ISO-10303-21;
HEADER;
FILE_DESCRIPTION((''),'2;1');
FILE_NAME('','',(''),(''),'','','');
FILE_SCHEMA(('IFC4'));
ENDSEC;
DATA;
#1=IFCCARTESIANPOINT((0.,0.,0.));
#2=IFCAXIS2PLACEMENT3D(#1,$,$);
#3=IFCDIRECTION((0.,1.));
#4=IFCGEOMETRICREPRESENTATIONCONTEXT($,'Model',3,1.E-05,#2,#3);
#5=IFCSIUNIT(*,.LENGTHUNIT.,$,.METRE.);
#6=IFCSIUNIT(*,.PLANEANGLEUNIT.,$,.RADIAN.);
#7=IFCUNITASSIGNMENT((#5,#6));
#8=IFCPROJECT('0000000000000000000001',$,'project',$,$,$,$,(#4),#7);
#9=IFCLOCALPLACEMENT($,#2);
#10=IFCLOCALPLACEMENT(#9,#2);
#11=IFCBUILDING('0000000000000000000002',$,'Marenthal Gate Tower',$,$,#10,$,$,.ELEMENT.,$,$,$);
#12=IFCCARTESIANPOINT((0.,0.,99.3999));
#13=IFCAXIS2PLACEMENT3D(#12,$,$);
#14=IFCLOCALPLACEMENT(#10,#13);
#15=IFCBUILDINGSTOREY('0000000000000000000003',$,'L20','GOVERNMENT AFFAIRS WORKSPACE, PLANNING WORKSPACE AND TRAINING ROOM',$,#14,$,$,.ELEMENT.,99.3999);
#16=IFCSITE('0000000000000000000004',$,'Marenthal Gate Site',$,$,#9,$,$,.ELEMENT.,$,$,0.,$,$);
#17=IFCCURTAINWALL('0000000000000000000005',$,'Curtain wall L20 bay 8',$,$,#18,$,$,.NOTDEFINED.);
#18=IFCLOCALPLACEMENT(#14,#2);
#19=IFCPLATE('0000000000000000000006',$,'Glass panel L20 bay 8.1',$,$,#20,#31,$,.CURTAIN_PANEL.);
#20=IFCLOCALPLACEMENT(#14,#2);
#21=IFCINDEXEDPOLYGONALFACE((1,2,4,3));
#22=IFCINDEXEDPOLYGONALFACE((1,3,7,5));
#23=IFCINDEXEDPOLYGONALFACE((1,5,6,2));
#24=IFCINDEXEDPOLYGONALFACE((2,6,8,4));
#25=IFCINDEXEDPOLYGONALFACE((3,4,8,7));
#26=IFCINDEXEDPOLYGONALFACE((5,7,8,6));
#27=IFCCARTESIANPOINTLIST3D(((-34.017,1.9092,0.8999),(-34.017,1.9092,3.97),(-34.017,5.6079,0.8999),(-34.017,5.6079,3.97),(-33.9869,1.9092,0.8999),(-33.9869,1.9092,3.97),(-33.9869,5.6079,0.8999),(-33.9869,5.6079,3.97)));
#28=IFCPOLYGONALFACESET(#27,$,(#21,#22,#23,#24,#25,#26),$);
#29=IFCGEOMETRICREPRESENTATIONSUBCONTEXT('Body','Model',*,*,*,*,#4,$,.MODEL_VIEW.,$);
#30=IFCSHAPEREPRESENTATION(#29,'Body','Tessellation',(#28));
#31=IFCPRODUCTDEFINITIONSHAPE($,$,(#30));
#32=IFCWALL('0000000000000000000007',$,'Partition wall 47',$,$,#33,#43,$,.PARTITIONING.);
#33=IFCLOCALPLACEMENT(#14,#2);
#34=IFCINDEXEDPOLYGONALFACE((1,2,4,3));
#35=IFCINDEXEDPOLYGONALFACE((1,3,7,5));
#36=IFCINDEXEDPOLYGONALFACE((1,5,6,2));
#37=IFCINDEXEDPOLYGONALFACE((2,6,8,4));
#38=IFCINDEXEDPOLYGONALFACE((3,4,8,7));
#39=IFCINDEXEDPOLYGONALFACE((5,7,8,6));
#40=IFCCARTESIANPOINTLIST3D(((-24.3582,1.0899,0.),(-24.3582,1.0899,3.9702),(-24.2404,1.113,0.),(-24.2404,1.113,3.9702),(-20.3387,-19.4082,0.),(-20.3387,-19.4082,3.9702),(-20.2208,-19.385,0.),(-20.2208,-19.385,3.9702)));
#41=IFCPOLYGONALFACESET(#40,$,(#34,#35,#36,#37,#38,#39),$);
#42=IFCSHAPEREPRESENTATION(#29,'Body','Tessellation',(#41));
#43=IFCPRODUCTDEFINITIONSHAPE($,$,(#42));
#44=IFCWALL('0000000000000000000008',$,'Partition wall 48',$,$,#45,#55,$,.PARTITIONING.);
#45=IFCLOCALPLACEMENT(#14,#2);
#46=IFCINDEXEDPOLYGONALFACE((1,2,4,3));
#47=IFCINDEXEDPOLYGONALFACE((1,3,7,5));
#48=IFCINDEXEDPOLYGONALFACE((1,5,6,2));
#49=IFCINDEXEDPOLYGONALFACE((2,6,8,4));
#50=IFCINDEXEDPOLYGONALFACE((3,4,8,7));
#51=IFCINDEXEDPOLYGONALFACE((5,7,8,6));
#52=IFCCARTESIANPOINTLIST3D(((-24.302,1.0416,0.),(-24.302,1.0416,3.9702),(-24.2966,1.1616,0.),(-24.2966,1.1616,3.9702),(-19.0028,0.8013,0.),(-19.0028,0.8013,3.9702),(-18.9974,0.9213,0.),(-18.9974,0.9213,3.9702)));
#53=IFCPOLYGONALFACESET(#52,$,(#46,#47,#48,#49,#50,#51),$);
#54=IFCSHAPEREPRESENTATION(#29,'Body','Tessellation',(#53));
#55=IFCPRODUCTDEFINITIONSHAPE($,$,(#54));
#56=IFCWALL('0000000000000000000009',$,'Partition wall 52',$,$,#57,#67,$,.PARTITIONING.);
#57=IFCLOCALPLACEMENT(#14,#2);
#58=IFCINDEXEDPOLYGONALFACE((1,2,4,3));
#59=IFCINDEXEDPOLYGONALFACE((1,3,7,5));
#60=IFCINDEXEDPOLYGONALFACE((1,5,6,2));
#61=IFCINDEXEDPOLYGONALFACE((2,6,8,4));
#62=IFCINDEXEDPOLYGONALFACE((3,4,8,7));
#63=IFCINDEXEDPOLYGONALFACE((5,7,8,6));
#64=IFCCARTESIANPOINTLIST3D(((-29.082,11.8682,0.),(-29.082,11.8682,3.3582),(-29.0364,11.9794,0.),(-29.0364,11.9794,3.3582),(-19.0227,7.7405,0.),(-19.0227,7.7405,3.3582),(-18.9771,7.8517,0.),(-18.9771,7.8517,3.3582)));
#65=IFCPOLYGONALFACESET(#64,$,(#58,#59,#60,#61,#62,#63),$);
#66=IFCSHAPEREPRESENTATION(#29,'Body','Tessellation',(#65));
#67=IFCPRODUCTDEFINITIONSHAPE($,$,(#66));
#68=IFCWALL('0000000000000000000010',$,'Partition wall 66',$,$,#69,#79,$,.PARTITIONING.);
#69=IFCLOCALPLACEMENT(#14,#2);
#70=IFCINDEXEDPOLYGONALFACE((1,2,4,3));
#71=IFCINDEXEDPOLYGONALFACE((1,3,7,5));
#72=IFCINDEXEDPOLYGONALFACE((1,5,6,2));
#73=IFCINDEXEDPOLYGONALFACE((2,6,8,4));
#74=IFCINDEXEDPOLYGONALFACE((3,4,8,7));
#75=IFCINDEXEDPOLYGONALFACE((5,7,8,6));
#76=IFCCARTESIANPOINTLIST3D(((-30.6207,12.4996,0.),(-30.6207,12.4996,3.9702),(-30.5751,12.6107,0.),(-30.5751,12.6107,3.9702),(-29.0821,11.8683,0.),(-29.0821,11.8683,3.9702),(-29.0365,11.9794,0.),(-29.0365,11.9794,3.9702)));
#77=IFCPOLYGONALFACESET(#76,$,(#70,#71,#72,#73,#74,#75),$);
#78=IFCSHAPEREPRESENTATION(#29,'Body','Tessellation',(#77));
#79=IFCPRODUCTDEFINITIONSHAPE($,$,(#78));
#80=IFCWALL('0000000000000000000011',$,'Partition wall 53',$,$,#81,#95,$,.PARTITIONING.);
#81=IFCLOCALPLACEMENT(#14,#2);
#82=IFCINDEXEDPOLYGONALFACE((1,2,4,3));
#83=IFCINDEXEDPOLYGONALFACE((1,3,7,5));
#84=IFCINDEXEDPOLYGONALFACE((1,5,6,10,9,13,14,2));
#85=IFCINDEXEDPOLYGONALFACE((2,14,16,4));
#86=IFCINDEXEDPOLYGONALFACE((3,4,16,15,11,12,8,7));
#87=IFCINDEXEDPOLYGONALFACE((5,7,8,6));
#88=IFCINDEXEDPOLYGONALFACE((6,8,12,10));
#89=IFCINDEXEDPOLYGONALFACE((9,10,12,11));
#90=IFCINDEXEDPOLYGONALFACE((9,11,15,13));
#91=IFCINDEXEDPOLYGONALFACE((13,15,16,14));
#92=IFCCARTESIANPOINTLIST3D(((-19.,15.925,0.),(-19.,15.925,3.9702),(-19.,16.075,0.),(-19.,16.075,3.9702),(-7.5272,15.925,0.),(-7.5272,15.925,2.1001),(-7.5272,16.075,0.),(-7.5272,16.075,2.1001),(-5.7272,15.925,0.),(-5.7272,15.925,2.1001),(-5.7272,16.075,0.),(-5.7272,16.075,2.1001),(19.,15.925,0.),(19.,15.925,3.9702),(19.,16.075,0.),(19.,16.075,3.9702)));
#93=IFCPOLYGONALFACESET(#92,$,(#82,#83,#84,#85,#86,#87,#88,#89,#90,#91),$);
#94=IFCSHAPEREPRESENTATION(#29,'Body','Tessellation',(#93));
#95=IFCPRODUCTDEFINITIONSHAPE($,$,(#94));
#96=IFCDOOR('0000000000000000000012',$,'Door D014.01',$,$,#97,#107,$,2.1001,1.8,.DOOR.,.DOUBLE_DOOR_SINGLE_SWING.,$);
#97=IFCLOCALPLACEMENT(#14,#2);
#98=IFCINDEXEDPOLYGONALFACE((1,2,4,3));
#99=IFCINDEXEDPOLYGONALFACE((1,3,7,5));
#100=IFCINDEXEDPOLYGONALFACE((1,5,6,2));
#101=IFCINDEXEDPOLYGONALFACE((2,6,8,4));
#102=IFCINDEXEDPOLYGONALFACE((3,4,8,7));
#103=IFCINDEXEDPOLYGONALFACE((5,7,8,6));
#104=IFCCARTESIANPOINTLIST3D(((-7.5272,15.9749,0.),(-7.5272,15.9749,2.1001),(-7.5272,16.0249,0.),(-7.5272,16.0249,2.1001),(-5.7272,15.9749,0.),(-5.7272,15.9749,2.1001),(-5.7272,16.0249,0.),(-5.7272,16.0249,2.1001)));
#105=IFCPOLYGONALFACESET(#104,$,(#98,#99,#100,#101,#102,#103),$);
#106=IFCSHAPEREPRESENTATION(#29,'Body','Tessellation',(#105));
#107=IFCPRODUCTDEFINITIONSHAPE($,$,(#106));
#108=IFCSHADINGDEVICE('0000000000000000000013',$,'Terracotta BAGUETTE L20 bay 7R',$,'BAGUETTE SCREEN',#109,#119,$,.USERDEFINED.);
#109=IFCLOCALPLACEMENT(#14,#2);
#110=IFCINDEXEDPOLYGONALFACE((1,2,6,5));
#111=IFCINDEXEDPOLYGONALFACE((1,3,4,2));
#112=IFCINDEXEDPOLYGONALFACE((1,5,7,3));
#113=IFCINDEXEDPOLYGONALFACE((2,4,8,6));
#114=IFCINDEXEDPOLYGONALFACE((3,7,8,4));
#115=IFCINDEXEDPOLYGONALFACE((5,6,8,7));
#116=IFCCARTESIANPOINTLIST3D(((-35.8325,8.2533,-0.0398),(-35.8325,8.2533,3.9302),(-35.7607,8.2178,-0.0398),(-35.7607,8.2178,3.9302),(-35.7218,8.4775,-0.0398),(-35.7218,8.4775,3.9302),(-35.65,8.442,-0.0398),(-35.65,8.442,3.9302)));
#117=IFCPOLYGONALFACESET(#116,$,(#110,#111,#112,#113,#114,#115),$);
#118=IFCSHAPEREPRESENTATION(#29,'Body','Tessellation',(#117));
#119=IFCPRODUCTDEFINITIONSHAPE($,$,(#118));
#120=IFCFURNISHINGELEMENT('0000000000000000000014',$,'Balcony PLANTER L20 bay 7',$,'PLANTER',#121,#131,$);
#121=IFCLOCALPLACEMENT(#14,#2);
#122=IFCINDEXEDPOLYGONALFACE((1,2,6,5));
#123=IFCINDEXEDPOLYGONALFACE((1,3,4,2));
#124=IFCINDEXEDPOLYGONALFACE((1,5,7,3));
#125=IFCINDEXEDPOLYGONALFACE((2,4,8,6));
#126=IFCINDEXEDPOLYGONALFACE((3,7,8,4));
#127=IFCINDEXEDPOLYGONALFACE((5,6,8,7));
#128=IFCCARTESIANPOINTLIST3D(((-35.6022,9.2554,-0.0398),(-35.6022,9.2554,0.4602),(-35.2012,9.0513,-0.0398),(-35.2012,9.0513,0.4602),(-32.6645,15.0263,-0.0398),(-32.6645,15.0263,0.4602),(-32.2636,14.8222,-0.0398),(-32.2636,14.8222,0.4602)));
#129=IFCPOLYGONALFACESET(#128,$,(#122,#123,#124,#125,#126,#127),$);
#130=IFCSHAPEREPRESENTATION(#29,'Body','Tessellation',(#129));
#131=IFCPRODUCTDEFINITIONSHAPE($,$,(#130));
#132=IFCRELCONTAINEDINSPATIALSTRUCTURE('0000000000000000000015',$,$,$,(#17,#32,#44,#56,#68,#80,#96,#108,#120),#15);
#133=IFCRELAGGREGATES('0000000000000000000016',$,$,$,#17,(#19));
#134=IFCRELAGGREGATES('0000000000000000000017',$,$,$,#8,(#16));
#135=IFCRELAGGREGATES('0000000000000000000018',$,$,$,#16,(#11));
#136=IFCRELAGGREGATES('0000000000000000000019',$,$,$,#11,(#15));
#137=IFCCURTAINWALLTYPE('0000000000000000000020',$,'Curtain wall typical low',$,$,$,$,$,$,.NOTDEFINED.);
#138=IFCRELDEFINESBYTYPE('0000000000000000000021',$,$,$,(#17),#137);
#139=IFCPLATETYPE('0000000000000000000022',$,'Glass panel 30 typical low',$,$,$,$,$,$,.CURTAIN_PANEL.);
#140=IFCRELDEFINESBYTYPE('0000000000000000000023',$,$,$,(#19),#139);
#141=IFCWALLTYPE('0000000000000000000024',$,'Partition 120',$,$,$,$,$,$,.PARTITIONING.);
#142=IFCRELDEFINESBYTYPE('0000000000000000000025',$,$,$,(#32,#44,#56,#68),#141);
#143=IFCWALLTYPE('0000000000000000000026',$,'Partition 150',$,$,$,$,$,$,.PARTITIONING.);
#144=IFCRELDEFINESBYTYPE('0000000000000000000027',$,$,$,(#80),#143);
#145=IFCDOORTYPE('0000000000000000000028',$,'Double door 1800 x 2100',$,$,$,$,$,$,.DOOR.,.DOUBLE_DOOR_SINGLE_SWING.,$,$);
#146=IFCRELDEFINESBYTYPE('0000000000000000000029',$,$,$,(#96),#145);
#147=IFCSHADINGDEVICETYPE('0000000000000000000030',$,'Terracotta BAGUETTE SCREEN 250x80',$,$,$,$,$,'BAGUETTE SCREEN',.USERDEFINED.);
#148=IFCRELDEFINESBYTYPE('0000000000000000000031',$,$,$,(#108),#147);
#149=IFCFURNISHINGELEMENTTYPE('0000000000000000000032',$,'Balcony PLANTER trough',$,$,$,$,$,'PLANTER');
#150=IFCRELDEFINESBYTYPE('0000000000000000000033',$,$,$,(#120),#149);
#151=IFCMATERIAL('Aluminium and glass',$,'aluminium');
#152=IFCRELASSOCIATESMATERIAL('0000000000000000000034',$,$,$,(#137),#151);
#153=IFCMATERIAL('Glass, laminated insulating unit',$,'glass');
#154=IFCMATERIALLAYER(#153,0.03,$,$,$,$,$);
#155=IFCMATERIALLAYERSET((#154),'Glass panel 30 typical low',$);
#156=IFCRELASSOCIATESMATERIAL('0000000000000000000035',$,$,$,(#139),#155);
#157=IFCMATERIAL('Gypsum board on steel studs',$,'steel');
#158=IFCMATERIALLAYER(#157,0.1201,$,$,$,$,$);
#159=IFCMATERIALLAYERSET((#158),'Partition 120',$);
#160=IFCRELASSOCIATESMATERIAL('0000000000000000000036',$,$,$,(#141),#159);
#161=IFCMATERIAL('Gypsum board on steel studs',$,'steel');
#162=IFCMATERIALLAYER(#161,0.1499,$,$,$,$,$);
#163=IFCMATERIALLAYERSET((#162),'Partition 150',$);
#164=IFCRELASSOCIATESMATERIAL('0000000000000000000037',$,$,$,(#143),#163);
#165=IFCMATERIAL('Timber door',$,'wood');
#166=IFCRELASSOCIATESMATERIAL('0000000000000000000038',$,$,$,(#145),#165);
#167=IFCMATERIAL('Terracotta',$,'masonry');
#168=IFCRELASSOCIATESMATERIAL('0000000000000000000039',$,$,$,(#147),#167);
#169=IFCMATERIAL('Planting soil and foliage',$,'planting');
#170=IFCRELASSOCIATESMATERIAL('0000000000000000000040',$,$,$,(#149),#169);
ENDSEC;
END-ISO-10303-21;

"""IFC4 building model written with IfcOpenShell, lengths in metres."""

from ifc_helpers import new_model, si_unit, direction, frame, frame_2d, origin, origin_2d, place, context, subcontext, project, spatial, rectangle, extrude, material, layer, layer_set, material_profile, profile_set, type_object, element, fill, aggregate, save


model = new_model("IFC4")

# Units and contexts
model_context = context("Model", 3, precision=1e-05, world=origin(), true_north=direction((0.0, 1.0)))
body_context = subcontext(model_context, "Body", "Model", "MODEL_VIEW")
ifc_project = project(units=[si_unit("LENGTHUNIT", "METRE"), si_unit("PLANEANGLEUNIT", "RADIAN")], contexts=[model_context])

# Site, building, storey
site_placement = place(None, origin())
site = spatial("IfcSite", under=ifc_project, at=site_placement, Name="Marenthal Gate Site", CompositionType="ELEMENT", RefElevation=0.0)
building_placement = place(site_placement, origin())
building = spatial("IfcBuilding", under=site, at=building_placement, Name="Marenthal Gate Tower", CompositionType="ELEMENT")
storey_placement = place(building_placement, frame((0.0, 0.0, 99.3999)))
storey = spatial("IfcBuildingStorey", under=building, at=storey_placement, Name="L20", Description="GOVERNMENT AFFAIRS WORKSPACE, PLANNING WORKSPACE AND TRAINING ROOM", CompositionType="ELEMENT", Elevation=99.3999)

# Curtain wall
ifc_material_1 = material(Name="Aluminium and glass", Category="aluminium")
curtain_wall_type = type_object("IfcCurtainWallType", Name="Curtain wall typical low", PredefinedType="NOTDEFINED", material=ifc_material_1)
curtain_wall_1_placement = place(storey_placement, origin())
curtain_wall_1 = element("IfcCurtainWall", 1, at=curtain_wall_1_placement, inside=storey, type_object=curtain_wall_type, Name="Curtain wall L20 bay 8", PredefinedType="NOTDEFINED")

# Plate
ifc_material_2 = material(Name="Glass, laminated insulating unit", Category="glass")
ifc_layer_1 = layer(ifc_material_2, 0.03)
ifc_layer_set_1 = layer_set([ifc_layer_1], Name="Glass panel 30 typical low")
plate_type = type_object("IfcPlateType", Name="Glass panel 30 typical low", PredefinedType="CURTAIN_PANEL", material=ifc_layer_set_1)
plate_1_placement = place(storey_placement, frame((-34.002, 3.7585, 0.8999), z_axis=(0.0, 0.0, 1.0), x_axis=(0.0, -1.0, 0.0)))
plate_1 = element("IfcPlate", 2, at=plate_1_placement, type_object=plate_type, Name="Glass panel L20 bay 8.1", PredefinedType="CURTAIN_PANEL", context=body_context, shape_type="SweptSolid", body=[
    extrude(rectangle(XDim=3.6987, YDim=0.03, at=origin_2d()), origin(), (0.0, 0.0, 1.0), 3.0701),
])
aggregate(curtain_wall_1, [plate_1])

# Walls
ifc_material_3 = material(Name="Gypsum board on steel studs", Category="steel")
ifc_layer_2 = layer(ifc_material_3, 0.1201)
ifc_layer_set_2 = layer_set([ifc_layer_2], Name="Partition 120")
wall_type_1 = type_object("IfcWallType", Name="Partition 120", PredefinedType="PARTITIONING", material=ifc_layer_set_2)
wall_1_placement = place(storey_placement, frame((-24.2993, 1.1016, 0.0), z_axis=(0.0, 0.0, 1.0), x_axis=(0.192429, -0.981311, 0.0)))
element("IfcWall", 3, at=wall_1_placement, inside=storey, type_object=wall_type_1, Name="Partition wall 47", PredefinedType="PARTITIONING", context=body_context, shape_type="SweptSolid", body=[
    extrude(rectangle(XDim=20.8884, YDim=0.1201, at=frame_2d((10.4443, 0.0))), origin(), (0.0, 0.0, 1.0), 3.9702),
])
wall_2_placement = place(storey_placement, frame((-24.2993, 1.1016, 0.0), z_axis=(0.0, 0.0, 1.0), x_axis=(0.998974, -0.045287, 0.0)))
element("IfcWall", 4, at=wall_2_placement, inside=storey, type_object=wall_type_1, Name="Partition wall 48", PredefinedType="PARTITIONING", context=body_context, shape_type="SweptSolid", body=[
    extrude(rectangle(XDim=5.3047, YDim=0.1201, at=frame_2d((2.6523, 0.0))), origin(), (0.0, 0.0, 1.0), 3.9702),
])
wall_3_placement = place(storey_placement, frame((-19.0, 7.7961, 0.0), z_axis=(0.0, 0.0, 1.0), x_axis=(-0.925143, 0.379618, 0.0)))
element("IfcWall", 5, at=wall_3_placement, inside=storey, type_object=wall_type_1, Name="Partition wall 52", PredefinedType="PARTITIONING", context=body_context, shape_type="SweptSolid", body=[
    extrude(rectangle(XDim=10.8733, YDim=0.1201, at=frame_2d((5.4365, 0.0))), origin(), (0.0, 0.0, 1.0), 3.3582),
])
wall_4_placement = place(storey_placement, frame((-29.0593, 11.9238, 0.0), z_axis=(0.0, 0.0, 1.0), x_axis=(-0.92514, 0.379627, 0.0)))
element("IfcWall", 6, at=wall_4_placement, inside=storey, type_object=wall_type_1, Name="Partition wall 66", PredefinedType="PARTITIONING", context=body_context, shape_type="SweptSolid", body=[
    extrude(rectangle(XDim=1.6631, YDim=0.1201, at=frame_2d((0.8315, 0.0))), origin(), (0.0, 0.0, 1.0), 3.9702),
])

# Wall, opening, door
ifc_material_4 = material(Name="Gypsum board on steel studs", Category="steel")
ifc_layer_3 = layer(ifc_material_4, 0.1499)
ifc_layer_set_3 = layer_set([ifc_layer_3], Name="Partition 150")
wall_type_2 = type_object("IfcWallType", Name="Partition 150", PredefinedType="PARTITIONING", material=ifc_layer_set_3)
wall_5_placement = place(storey_placement, frame((-19.0, 16.0, 0.0), z_axis=(0.0, 0.0, 1.0), x_axis=(1.0, 0.0, 0.0)))
wall_5 = element("IfcWall", 7, at=wall_5_placement, inside=storey, type_object=wall_type_2, Name="Partition wall 53", PredefinedType="PARTITIONING", context=body_context, shape_type="SweptSolid", body=[
    extrude(rectangle(XDim=38.0, YDim=0.1499, at=frame_2d((19.0, 0.0))), origin(), (0.0, 0.0, 1.0), 3.9702),
])
opening_1_placement = place(wall_5_placement, frame((11.4729, 0.0, 0.0)))
opening_1 = element("IfcOpeningElement", 8, at=opening_1_placement, cuts=wall_5, PredefinedType="OPENING", context=body_context, shape_type="SweptSolid", body=[
    extrude(rectangle(XDim=1.8, YDim=2.1001, at=frame_2d((0.8999, 1.05))), frame((0.0, 0.085, 0.0), z_axis=(0.0, -1.0, 0.0), x_axis=(1.0, 0.0, 0.0)), (0.0, 0.0, 1.0), 0.1699),
])
ifc_material_5 = material(Name="Timber door", Category="wood")
door_type_1 = type_object("IfcDoorType", Name="Double door 1800 x 2100", OperationType="DOUBLE_DOOR_SINGLE_SWING", PredefinedType="DOOR", material=ifc_material_5)
door_1_placement = place(opening_1_placement, origin())
door_1 = element("IfcDoor", 9, at=door_1_placement, inside=storey, type_object=door_type_1, Name="Door D014.01", OperationType="DOUBLE_DOOR_SINGLE_SWING", OverallHeight=2.1001, OverallWidth=1.8, PredefinedType="DOOR", context=body_context, shape_type="SweptSolid", body=[
    extrude(rectangle(XDim=1.8, YDim=2.1001, at=frame_2d((0.8999, 1.05))), frame((0.0, 0.0249, 0.0), z_axis=(0.0, -1.0, 0.0), x_axis=(1.0, 0.0, 0.0)), (0.0, 0.0, 1.0), 0.05),
])
fill(opening_1, door_1)

# Shading device
ifc_material_6 = material(Name="Terracotta", Category="masonry")
ifc_material_profile_1 = material_profile(ifc_material_6, rectangle(XDim=0.25, YDim=0.0801, at=origin_2d()), Name="Terracotta baguette 250x80")
ifc_profile_set_1 = profile_set([ifc_material_profile_1], Name="Terracotta")
shading_device_type = type_object("IfcShadingDeviceType", Name="Terracotta BAGUETTE SCREEN 250x80", ElementType="BAGUETTE SCREEN", PredefinedType="USERDEFINED", material=ifc_profile_set_1)
shading_device_placement = place(storey_placement, frame((-35.7412, 8.3477, -0.0398), z_axis=(0.0, 0.0, 1.0), x_axis=(-0.44279, -0.896625, 0.0)))
element("IfcShadingDevice", 10, at=shading_device_placement, inside=storey, type_object=shading_device_type, Name="Terracotta BAGUETTE L20 bay 7R", ObjectType="BAGUETTE SCREEN", PredefinedType="USERDEFINED", context=body_context, shape_type="SweptSolid", body=[
    extrude(rectangle(XDim=0.25, YDim=0.0801, at=origin_2d()), origin(), (0.0, 0.0, 1.0), 3.97),
])

# Furnishing element
ifc_material_7 = material(Name="Planting soil and foliage", Category="planting")
furnishing_element_type = type_object("IfcFurnishingElementType", Name="Balcony PLANTER trough", ElementType="PLANTER", material=ifc_material_7)
furnishing_placement = place(storey_placement, frame((-33.9329, 12.0388, -0.0398), z_axis=(0.0, 0.0, 1.0), x_axis=(-0.453646, -0.891182, 0.0)))
element("IfcFurnishingElement", 11, at=furnishing_placement, inside=storey, type_object=furnishing_element_type, Name="Balcony PLANTER L20 bay 7", ObjectType="PLANTER", context=body_context, shape_type="SweptSolid", body=[
    extrude(rectangle(XDim=6.4756, YDim=0.45, at=origin_2d()), origin(), (0.0, 0.0, 1.0), 0.5),
])

save(model, "model.ifc")
